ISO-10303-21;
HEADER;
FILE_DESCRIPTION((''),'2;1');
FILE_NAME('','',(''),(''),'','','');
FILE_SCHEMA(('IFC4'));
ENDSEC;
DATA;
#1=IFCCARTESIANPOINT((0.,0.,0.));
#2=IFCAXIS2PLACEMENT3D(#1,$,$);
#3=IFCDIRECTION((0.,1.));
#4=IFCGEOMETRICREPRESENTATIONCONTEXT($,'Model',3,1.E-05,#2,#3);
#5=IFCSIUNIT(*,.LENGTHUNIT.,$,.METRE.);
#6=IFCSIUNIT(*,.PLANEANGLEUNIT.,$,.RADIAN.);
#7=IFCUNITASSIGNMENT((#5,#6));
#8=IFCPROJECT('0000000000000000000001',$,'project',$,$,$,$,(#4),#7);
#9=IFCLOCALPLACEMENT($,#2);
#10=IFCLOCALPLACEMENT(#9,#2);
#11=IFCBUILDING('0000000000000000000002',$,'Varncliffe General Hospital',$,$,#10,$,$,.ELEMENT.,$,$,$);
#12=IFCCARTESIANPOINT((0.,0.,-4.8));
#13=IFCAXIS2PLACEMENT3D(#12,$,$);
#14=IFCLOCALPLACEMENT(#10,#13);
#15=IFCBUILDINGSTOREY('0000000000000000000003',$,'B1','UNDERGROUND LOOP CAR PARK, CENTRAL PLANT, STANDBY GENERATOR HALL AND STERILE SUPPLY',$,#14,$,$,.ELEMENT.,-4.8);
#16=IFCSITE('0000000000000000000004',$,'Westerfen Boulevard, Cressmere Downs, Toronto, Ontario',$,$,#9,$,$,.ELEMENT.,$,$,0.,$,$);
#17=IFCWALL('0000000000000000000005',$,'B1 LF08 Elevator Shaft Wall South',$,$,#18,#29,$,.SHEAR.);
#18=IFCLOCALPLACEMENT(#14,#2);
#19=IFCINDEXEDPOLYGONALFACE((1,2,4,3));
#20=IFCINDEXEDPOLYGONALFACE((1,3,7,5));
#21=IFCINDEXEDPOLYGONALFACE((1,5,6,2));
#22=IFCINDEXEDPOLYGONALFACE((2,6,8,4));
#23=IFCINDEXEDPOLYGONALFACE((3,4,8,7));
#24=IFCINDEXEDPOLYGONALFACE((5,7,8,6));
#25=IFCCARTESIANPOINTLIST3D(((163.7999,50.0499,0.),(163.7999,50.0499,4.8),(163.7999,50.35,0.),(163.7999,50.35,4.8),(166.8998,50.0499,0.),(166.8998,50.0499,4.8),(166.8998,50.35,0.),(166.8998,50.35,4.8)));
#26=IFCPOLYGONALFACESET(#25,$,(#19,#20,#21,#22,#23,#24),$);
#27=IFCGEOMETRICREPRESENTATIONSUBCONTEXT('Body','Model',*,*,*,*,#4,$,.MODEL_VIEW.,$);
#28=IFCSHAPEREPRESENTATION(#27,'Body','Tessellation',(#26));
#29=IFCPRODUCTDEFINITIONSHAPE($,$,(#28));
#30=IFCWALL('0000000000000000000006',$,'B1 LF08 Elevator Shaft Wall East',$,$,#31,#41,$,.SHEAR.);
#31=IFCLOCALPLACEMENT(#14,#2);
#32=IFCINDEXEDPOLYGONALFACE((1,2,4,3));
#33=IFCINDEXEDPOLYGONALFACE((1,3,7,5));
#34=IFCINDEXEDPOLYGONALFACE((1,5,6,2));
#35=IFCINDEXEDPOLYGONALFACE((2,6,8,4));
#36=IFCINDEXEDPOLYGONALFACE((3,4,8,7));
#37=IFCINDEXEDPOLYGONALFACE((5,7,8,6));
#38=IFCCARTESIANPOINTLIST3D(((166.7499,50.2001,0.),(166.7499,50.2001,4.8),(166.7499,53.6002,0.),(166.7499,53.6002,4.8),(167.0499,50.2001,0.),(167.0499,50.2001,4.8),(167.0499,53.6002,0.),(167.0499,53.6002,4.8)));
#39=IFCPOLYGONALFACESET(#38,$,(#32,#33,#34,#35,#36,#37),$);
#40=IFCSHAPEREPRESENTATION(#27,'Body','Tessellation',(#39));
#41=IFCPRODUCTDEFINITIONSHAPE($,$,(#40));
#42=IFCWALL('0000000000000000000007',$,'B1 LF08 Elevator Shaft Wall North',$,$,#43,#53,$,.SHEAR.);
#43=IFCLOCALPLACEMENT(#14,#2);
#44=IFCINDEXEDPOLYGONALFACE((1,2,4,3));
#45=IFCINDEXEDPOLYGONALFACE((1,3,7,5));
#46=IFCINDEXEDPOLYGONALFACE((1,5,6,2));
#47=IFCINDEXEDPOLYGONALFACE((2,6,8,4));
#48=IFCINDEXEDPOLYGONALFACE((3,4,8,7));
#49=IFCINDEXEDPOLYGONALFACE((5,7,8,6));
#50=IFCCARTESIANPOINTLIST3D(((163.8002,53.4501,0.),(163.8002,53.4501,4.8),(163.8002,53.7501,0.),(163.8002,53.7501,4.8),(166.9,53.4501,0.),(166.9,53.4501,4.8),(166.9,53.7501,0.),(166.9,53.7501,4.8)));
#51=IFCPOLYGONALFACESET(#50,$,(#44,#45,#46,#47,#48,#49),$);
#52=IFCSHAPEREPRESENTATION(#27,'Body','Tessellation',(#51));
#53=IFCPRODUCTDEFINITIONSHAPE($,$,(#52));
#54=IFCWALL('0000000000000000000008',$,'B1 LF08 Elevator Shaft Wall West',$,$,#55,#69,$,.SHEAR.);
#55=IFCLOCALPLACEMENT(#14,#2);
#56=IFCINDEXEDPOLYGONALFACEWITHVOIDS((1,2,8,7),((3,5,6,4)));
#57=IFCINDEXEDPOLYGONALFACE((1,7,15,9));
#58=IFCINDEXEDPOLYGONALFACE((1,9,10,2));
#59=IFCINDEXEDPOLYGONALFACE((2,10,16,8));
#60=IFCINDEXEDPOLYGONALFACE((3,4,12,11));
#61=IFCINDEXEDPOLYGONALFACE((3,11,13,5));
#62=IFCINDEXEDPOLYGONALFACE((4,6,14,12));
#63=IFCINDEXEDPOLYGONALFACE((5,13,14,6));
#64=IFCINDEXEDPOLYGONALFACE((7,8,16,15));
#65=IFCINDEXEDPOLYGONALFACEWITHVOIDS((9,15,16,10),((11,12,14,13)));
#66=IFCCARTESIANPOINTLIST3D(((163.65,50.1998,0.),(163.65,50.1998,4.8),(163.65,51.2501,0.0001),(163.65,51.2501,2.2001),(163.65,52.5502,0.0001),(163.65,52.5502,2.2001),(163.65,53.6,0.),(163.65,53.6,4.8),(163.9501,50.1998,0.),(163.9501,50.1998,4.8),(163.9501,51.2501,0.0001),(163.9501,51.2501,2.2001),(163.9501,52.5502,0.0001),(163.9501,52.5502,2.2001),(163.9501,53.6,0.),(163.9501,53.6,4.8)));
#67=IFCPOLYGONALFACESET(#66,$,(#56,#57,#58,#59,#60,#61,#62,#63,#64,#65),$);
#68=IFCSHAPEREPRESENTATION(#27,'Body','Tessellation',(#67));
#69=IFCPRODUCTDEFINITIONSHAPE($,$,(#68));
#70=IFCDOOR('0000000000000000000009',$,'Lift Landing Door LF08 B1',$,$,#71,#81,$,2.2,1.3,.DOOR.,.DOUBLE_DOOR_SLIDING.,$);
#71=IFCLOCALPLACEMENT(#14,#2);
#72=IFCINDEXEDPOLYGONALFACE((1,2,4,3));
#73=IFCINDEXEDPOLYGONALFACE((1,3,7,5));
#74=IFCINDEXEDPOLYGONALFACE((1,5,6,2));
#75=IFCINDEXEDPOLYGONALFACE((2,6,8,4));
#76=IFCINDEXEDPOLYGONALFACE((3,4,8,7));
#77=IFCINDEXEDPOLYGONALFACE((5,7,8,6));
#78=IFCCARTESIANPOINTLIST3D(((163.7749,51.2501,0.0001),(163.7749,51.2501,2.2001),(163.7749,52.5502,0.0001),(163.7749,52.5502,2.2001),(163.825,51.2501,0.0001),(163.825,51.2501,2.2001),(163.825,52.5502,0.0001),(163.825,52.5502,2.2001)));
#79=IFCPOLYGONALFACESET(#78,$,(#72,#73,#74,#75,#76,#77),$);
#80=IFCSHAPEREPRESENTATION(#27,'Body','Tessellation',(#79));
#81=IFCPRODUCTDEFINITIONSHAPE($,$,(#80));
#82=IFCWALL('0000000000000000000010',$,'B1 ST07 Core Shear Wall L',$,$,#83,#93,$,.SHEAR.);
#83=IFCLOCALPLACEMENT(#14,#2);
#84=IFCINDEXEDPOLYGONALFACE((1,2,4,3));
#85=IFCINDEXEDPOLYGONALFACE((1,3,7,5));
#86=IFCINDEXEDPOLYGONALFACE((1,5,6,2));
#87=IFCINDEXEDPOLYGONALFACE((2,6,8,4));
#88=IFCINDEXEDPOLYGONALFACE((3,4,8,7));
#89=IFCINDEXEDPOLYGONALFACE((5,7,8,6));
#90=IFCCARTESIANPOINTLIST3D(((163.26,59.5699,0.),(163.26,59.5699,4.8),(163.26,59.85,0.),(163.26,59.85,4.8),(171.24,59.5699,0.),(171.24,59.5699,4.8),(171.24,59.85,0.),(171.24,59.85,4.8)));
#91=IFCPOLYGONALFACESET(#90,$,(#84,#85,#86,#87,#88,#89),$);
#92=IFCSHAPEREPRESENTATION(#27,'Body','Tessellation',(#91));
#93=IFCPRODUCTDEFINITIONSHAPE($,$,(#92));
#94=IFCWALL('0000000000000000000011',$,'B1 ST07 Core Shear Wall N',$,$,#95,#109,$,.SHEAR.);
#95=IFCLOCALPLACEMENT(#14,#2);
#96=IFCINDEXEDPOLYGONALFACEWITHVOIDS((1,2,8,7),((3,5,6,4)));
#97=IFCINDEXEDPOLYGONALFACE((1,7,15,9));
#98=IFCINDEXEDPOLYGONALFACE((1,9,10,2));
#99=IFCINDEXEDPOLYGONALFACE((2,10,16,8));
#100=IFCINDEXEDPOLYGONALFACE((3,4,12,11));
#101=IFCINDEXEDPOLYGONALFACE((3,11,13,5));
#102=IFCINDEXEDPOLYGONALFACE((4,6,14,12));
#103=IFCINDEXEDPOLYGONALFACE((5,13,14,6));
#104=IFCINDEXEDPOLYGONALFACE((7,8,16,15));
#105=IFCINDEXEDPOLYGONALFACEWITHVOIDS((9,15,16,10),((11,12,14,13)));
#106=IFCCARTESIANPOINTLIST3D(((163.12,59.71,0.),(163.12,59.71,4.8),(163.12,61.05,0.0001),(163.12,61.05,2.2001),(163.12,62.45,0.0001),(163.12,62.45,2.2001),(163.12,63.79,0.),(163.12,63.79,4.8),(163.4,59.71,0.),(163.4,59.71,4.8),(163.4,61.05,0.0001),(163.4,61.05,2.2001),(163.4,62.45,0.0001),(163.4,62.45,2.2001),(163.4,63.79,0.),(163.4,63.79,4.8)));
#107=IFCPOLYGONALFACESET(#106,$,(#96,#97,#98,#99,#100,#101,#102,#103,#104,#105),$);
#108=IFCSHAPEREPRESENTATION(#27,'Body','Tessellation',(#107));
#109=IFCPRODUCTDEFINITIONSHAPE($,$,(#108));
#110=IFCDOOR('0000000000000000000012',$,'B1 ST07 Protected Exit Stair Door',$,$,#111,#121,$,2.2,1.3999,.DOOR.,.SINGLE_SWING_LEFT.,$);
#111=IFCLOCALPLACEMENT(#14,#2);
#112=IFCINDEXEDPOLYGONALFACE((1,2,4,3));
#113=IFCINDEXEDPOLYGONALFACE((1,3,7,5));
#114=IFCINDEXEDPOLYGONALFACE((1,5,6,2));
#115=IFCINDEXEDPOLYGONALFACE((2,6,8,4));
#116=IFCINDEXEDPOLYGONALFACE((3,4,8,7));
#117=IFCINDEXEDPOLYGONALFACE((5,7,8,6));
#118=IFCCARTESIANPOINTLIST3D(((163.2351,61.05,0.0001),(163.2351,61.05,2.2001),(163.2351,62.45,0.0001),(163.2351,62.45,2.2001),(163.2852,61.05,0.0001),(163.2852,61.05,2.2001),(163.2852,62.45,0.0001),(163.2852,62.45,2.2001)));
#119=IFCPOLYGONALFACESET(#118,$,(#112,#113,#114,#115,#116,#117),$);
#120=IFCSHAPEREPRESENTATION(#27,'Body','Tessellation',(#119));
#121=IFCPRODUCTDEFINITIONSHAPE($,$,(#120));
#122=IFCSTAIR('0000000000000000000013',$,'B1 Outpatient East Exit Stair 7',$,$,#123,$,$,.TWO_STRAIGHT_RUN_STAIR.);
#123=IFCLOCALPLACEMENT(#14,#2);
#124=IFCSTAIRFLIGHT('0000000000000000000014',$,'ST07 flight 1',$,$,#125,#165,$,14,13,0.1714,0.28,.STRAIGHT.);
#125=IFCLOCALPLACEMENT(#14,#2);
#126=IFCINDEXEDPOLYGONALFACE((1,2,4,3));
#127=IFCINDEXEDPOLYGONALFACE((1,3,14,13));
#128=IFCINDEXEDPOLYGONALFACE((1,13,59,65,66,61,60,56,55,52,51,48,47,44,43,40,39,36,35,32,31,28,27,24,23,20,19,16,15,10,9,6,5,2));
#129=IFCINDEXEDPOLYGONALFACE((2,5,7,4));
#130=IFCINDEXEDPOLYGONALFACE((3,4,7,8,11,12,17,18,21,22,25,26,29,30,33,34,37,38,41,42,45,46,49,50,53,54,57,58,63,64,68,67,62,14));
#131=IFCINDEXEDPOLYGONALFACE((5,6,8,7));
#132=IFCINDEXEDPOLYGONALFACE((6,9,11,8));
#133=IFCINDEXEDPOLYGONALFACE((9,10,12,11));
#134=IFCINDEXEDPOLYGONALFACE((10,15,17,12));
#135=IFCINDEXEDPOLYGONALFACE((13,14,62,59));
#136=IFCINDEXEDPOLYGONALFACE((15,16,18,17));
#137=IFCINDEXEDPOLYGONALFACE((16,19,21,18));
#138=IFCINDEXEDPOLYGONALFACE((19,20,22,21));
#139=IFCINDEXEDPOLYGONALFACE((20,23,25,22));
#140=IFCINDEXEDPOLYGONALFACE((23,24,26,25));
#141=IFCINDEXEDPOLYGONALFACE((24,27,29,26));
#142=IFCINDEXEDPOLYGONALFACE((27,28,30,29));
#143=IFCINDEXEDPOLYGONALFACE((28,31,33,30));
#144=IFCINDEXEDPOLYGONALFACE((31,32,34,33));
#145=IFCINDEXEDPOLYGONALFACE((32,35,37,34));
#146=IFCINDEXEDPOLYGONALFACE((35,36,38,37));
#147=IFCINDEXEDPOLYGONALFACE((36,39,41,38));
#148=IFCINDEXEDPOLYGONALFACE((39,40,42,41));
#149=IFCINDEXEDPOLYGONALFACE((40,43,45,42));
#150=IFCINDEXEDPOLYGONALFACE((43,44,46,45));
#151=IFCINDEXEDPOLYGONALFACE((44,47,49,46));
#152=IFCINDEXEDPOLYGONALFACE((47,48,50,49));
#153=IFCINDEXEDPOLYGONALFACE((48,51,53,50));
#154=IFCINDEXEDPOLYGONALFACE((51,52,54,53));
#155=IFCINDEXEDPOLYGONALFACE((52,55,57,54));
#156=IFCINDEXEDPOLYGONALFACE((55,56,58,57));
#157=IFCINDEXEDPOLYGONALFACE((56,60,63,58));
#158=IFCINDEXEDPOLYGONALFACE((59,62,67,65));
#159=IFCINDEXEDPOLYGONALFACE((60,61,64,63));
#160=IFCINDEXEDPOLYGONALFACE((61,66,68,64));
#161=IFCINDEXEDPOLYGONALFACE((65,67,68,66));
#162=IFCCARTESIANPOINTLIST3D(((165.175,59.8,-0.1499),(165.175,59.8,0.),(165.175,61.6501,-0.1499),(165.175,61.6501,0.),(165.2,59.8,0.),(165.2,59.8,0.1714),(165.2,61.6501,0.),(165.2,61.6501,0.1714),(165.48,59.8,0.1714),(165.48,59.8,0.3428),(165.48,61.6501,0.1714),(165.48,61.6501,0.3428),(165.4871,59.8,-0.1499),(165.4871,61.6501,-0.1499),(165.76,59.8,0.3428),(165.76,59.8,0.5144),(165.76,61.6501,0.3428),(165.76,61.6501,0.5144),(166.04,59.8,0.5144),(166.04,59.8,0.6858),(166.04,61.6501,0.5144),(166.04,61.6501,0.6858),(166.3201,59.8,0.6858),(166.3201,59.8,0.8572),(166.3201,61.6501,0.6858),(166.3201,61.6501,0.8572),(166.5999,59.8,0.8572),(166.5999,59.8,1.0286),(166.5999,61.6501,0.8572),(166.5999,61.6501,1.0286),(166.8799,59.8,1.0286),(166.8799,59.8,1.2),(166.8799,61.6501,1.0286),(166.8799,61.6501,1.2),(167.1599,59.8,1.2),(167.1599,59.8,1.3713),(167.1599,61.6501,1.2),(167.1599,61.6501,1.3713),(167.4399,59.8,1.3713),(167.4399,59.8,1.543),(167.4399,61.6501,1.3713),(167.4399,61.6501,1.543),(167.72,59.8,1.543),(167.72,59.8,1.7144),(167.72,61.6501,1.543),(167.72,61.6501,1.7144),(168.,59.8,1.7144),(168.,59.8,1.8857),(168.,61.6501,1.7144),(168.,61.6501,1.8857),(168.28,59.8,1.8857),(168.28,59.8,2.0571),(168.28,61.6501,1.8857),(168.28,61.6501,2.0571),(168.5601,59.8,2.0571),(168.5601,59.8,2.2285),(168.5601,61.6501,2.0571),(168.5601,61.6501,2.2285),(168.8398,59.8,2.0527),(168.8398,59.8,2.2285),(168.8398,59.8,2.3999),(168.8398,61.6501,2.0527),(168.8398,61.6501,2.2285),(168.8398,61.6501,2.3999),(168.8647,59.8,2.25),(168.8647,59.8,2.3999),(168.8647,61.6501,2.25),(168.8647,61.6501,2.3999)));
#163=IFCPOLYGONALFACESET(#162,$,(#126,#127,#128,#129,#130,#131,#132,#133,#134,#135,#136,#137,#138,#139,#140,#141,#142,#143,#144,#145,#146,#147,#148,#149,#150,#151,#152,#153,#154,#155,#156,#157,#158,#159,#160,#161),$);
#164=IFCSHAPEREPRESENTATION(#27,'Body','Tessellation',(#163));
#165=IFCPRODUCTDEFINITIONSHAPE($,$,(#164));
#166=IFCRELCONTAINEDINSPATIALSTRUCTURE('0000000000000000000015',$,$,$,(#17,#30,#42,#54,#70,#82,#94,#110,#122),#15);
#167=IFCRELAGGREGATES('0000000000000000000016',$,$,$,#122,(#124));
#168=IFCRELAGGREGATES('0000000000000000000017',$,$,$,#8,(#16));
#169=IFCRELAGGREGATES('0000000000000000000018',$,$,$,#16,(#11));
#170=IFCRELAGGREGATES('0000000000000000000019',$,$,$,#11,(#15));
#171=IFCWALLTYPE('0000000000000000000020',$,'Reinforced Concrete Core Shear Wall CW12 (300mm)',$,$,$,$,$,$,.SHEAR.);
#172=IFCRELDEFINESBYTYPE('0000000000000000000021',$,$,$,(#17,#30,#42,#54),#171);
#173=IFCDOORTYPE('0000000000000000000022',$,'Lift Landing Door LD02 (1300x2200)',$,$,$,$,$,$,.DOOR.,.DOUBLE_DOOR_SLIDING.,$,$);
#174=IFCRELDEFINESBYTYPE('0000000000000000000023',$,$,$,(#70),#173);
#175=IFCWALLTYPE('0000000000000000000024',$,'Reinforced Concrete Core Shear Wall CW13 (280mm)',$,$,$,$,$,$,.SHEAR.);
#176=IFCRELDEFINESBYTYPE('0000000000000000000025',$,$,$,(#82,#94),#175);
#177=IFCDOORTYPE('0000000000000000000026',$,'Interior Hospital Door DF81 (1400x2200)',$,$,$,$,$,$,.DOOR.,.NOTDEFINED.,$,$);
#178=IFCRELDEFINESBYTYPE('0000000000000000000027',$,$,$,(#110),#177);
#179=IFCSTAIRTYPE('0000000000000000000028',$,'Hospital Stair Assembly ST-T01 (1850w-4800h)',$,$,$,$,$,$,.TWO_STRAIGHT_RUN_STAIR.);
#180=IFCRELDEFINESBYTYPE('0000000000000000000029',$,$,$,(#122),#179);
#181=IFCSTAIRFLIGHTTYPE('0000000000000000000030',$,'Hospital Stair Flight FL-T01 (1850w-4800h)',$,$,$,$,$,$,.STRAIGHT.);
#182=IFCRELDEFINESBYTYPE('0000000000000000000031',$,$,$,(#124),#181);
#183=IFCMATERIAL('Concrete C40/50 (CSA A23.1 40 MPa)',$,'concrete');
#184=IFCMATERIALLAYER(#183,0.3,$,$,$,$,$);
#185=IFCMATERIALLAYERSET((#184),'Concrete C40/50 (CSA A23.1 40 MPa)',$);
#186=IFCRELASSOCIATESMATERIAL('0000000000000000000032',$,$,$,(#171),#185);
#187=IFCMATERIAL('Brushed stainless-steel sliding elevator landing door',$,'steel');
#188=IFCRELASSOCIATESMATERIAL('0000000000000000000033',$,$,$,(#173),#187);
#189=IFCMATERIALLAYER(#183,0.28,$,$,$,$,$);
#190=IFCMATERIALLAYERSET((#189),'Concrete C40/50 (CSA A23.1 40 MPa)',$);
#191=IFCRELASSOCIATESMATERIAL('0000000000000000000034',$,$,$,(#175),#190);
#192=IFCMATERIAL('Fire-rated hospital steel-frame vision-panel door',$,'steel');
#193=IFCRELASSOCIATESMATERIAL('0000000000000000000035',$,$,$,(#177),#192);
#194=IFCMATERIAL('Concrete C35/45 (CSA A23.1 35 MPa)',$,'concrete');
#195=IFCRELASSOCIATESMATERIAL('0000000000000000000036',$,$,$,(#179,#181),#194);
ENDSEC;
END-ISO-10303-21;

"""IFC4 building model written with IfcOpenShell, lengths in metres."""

from ifc_helpers import new_model, si_unit, direction, frame, frame_2d, origin, place, context, subcontext, project, spatial, polyline, rectangle, outline, extrude, material, layer, layer_set, type_object, element, fill, aggregate, save


model = new_model("IFC4")

# Units and contexts
model_context = context("Model", 3, precision=1e-05, world=origin(), true_north=direction((0.0, 1.0)))
body_context = subcontext(model_context, "Body", "Model", "MODEL_VIEW")
ifc_project = project(units=[si_unit("LENGTHUNIT", "METRE"), si_unit("PLANEANGLEUNIT", "RADIAN")], contexts=[model_context])

# Site, building, storey
site_placement = place(None, origin())
site = spatial("IfcSite", under=ifc_project, at=site_placement, Name="Westerfen Boulevard, Cressmere Downs, Toronto, Ontario", CompositionType="ELEMENT", RefElevation=0.0)
building_placement = place(site_placement, origin())
building = spatial("IfcBuilding", under=site, at=building_placement, Name="Varncliffe General Hospital", CompositionType="ELEMENT")
storey_placement = place(building_placement, frame((0.0, 0.0, -4.8)))
storey = spatial("IfcBuildingStorey", under=building, at=storey_placement, Name="B1", Description="UNDERGROUND LOOP CAR PARK, CENTRAL PLANT, STANDBY GENERATOR HALL AND STERILE SUPPLY", CompositionType="ELEMENT", Elevation=-4.8)

# Shared definitions
ifc_material_1 = material(Name="Concrete C40/50 (CSA A23.1 40 MPa)", Category="concrete")

# Shared definitions
ifc_material_2 = material(Name="Concrete C35/45 (CSA A23.1 35 MPa)", Category="concrete")

# Walls
ifc_layer_1 = layer(ifc_material_1, 0.3)
ifc_layer_set_1 = layer_set([ifc_layer_1], Name="Concrete C40/50 (CSA A23.1 40 MPa)")
wall_type_1 = type_object("IfcWallType", Name="Reinforced Concrete Core Shear Wall CW12 (300mm)", PredefinedType="SHEAR", material=ifc_layer_set_1)
wall_1_placement = place(storey_placement, frame((163.8, 50.2, 0.0), z_axis=(0.0, 0.0, 1.0), x_axis=(1.0, 0.0, 0.0)))
element("IfcWall", 1, at=wall_1_placement, inside=storey, type_object=wall_type_1, Name="B1 LF08 Elevator Shaft Wall South", PredefinedType="SHEAR", context=body_context, shape_type="SweptSolid", body=[
    extrude(rectangle(XDim=3.0999, YDim=0.3, at=frame_2d((1.5498, 0.0))), origin(), (0.0, 0.0, 1.0), 4.8),
])
wall_2_placement = place(storey_placement, frame((166.8999, 50.2, 0.0), z_axis=(0.0, 0.0, 1.0), x_axis=(0.0, 1.0, 0.0)))
element("IfcWall", 2, at=wall_2_placement, inside=storey, type_object=wall_type_1, Name="B1 LF08 Elevator Shaft Wall East", PredefinedType="SHEAR", context=body_context, shape_type="SweptSolid", body=[
    extrude(rectangle(XDim=3.4001, YDim=0.3, at=frame_2d((1.7002, 0.0))), origin(), (0.0, 0.0, 1.0), 4.8),
])
wall_3_placement = place(storey_placement, frame((166.8999, 53.6001, 0.0), z_axis=(0.0, 0.0, 1.0), x_axis=(-1.0, 0.0, 0.0)))
element("IfcWall", 3, at=wall_3_placement, inside=storey, type_object=wall_type_1, Name="B1 LF08 Elevator Shaft Wall North", PredefinedType="SHEAR", context=body_context, shape_type="SweptSolid", body=[
    extrude(rectangle(XDim=3.0999, YDim=0.3, at=frame_2d((1.5498, 0.0))), origin(), (0.0, 0.0, 1.0), 4.8),
])

# Wall, opening, door
wall_4_placement = place(storey_placement, frame((163.8, 53.6001, 0.0), z_axis=(0.0, 0.0, 1.0), x_axis=(0.0, -1.0, 0.0)))
wall_4 = element("IfcWall", 4, at=wall_4_placement, inside=storey, type_object=wall_type_1, Name="B1 LF08 Elevator Shaft Wall West", PredefinedType="SHEAR", context=body_context, shape_type="SweptSolid", body=[
    extrude(rectangle(XDim=3.4001, YDim=0.3, at=frame_2d((1.7002, 0.0))), origin(), (0.0, 0.0, 1.0), 4.8),
])
opening_1_placement = place(wall_4_placement, frame((1.05, 0.0, 0.0)))
opening_1 = element("IfcOpeningElement", 5, at=opening_1_placement, cuts=wall_4, PredefinedType="OPENING", context=body_context, shape_type="SweptSolid", body=[
    extrude(rectangle(XDim=1.3, YDim=2.2, at=frame_2d((0.6499, 1.1001))), frame((0.0, 0.1602, 0.0), z_axis=(0.0, -1.0, 0.0), x_axis=(1.0, 0.0, 0.0)), (0.0, 0.0, 1.0), 0.3201),
])
ifc_material_3 = material(Name="Brushed stainless-steel sliding elevator landing door", Category="steel")
door_type_1 = type_object("IfcDoorType", Name="Lift Landing Door LD02 (1300x2200)", OperationType="DOUBLE_DOOR_SLIDING", PredefinedType="DOOR", material=ifc_material_3)
door_1_placement = place(opening_1_placement, origin())
door_1 = element("IfcDoor", 6, at=door_1_placement, inside=storey, type_object=door_type_1, Name="Lift Landing Door LF08 B1", OperationType="DOUBLE_DOOR_SLIDING", OverallHeight=2.2, OverallWidth=1.3, PredefinedType="DOOR", context=body_context, shape_type="SweptSolid", body=[
    extrude(rectangle(XDim=1.3, YDim=2.2, at=frame_2d((0.6499, 1.1001))), frame((0.0, 0.0249, 0.0), z_axis=(0.0, -1.0, 0.0), x_axis=(1.0, 0.0, 0.0)), (0.0, 0.0, 1.0), 0.05),
])
fill(opening_1, door_1)

# Wall
ifc_layer_2 = layer(ifc_material_1, 0.28)
ifc_layer_set_2 = layer_set([ifc_layer_2], Name="Concrete C40/50 (CSA A23.1 40 MPa)")
wall_type_2 = type_object("IfcWallType", Name="Reinforced Concrete Core Shear Wall CW13 (280mm)", PredefinedType="SHEAR", material=ifc_layer_set_2)
wall_5_placement = place(storey_placement, frame((163.26, 59.71, 0.0), z_axis=(0.0, 0.0, 1.0), x_axis=(1.0, 0.0, 0.0)))
element("IfcWall", 7, at=wall_5_placement, inside=storey, type_object=wall_type_2, Name="B1 ST07 Core Shear Wall L", PredefinedType="SHEAR", context=body_context, shape_type="SweptSolid", body=[
    extrude(rectangle(XDim=7.98, YDim=0.28, at=frame_2d((3.99, 0.0))), origin(), (0.0, 0.0, 1.0), 4.8),
])

# Wall, opening, door
wall_6_placement = place(storey_placement, frame((163.26, 63.79, 0.0), z_axis=(0.0, 0.0, 1.0), x_axis=(0.0, -1.0, 0.0)))
wall_6 = element("IfcWall", 8, at=wall_6_placement, inside=storey, type_object=wall_type_2, Name="B1 ST07 Core Shear Wall N", PredefinedType="SHEAR", context=body_context, shape_type="SweptSolid", body=[
    extrude(rectangle(XDim=4.0801, YDim=0.28, at=frame_2d((2.04, 0.0))), origin(), (0.0, 0.0, 1.0), 4.8),
])
opening_2_placement = place(wall_6_placement, frame((1.3401, 0.0, 0.0)))
opening_2 = element("IfcOpeningElement", 9, at=opening_2_placement, cuts=wall_6, PredefinedType="OPENING", context=body_context, shape_type="SweptSolid", body=[
    extrude(rectangle(XDim=1.3999, YDim=2.2, at=frame_2d((0.7, 1.1001))), frame((0.0, 0.1499, 0.0), z_axis=(0.0, -1.0, 0.0), x_axis=(1.0, 0.0, 0.0)), (0.0, 0.0, 1.0), 0.3),
])
ifc_material_4 = material(Name="Fire-rated hospital steel-frame vision-panel door", Category="steel")
door_type_2 = type_object("IfcDoorType", Name="Interior Hospital Door DF81 (1400x2200)", OperationType="NOTDEFINED", PredefinedType="DOOR", material=ifc_material_4)
door_2_placement = place(opening_2_placement, frame((1.3999, 0.0, 0.0), z_axis=(0.0, 0.0, 1.0), x_axis=(-1.0, 0.0, 0.0)))
door_2 = element("IfcDoor", 10, at=door_2_placement, inside=storey, type_object=door_type_2, Name="B1 ST07 Protected Exit Stair Door", OperationType="SINGLE_SWING_LEFT", OverallHeight=2.2, OverallWidth=1.3999, PredefinedType="DOOR", context=body_context, shape_type="SweptSolid", body=[
    extrude(rectangle(XDim=1.3999, YDim=2.2, at=frame_2d((0.7, 1.1001))), frame((0.0, 0.0249, 0.0), z_axis=(0.0, -1.0, 0.0), x_axis=(1.0, 0.0, 0.0)), (0.0, 0.0, 1.0), 0.05),
])
fill(opening_2, door_2)

# Stair, stair flight
stair_type = type_object("IfcStairType", Name="Hospital Stair Assembly ST-T01 (1850w-4800h)", PredefinedType="TWO_STRAIGHT_RUN_STAIR", material=ifc_material_2)
stair_placement = place(storey_placement, origin())
stair = element("IfcStair", 11, at=stair_placement, inside=storey, type_object=stair_type, Name="B1 Outpatient East Exit Stair 7", PredefinedType="TWO_STRAIGHT_RUN_STAIR")
stair_flight_type = type_object("IfcStairFlightType", Name="Hospital Stair Flight FL-T01 (1850w-4800h)", PredefinedType="STRAIGHT", material=ifc_material_2)
stair_flight_placement = place(storey_placement, frame((165.2, 60.7251, 0.0), z_axis=(0.0, 0.0, 1.0), x_axis=(1.0, 0.0, 0.0)))
stair_flight = element("IfcStairFlight", 12, at=stair_flight_placement, type_object=stair_flight_type, Name="ST07 flight 1", NumberOfRisers=14, NumberOfTreads=13, PredefinedType="STRAIGHT", RiserHeight=0.1714, TreadLength=0.28, context=body_context, shape_type="SweptSolid", body=[
    extrude(outline(polyline([(-0.0249, -0.1499), (-0.0249, 0.0), (0.0, 0.0), (0.0, 0.1714), (0.28, 0.1714), (0.28, 0.3428), (0.5601, 0.3428), (0.5601, 0.5144), (0.8401, 0.5144), (0.8401, 0.6858), (1.1201, 0.6858), (1.1201, 0.8572), (1.3999, 0.8572), (1.3999, 1.0286), (1.6799, 1.0286), (1.6799, 1.2), (1.96, 1.2), (1.96, 1.3713), (2.24, 1.3713), (2.24, 1.543), (2.52, 1.543), (2.52, 1.7144), (2.8, 1.7144), (2.8, 1.8857), (3.0801, 1.8857), (3.0801, 2.0571), (3.3601, 2.0571), (3.3601, 2.2285), (3.6399, 2.2285), (3.6399, 2.3999), (3.6648, 2.3999), (3.6648, 2.25), (3.6399, 2.0527), (0.2871, -0.1499), (-0.0249, -0.1499)])), frame((0.0, 0.925, 0.0), z_axis=(0.0, -1.0, 0.0), x_axis=(1.0, 0.0, 0.0)), (0.0, 0.0, 1.0), 1.8501),
])
aggregate(stair, [stair_flight])

save(model, "model.ifc")
